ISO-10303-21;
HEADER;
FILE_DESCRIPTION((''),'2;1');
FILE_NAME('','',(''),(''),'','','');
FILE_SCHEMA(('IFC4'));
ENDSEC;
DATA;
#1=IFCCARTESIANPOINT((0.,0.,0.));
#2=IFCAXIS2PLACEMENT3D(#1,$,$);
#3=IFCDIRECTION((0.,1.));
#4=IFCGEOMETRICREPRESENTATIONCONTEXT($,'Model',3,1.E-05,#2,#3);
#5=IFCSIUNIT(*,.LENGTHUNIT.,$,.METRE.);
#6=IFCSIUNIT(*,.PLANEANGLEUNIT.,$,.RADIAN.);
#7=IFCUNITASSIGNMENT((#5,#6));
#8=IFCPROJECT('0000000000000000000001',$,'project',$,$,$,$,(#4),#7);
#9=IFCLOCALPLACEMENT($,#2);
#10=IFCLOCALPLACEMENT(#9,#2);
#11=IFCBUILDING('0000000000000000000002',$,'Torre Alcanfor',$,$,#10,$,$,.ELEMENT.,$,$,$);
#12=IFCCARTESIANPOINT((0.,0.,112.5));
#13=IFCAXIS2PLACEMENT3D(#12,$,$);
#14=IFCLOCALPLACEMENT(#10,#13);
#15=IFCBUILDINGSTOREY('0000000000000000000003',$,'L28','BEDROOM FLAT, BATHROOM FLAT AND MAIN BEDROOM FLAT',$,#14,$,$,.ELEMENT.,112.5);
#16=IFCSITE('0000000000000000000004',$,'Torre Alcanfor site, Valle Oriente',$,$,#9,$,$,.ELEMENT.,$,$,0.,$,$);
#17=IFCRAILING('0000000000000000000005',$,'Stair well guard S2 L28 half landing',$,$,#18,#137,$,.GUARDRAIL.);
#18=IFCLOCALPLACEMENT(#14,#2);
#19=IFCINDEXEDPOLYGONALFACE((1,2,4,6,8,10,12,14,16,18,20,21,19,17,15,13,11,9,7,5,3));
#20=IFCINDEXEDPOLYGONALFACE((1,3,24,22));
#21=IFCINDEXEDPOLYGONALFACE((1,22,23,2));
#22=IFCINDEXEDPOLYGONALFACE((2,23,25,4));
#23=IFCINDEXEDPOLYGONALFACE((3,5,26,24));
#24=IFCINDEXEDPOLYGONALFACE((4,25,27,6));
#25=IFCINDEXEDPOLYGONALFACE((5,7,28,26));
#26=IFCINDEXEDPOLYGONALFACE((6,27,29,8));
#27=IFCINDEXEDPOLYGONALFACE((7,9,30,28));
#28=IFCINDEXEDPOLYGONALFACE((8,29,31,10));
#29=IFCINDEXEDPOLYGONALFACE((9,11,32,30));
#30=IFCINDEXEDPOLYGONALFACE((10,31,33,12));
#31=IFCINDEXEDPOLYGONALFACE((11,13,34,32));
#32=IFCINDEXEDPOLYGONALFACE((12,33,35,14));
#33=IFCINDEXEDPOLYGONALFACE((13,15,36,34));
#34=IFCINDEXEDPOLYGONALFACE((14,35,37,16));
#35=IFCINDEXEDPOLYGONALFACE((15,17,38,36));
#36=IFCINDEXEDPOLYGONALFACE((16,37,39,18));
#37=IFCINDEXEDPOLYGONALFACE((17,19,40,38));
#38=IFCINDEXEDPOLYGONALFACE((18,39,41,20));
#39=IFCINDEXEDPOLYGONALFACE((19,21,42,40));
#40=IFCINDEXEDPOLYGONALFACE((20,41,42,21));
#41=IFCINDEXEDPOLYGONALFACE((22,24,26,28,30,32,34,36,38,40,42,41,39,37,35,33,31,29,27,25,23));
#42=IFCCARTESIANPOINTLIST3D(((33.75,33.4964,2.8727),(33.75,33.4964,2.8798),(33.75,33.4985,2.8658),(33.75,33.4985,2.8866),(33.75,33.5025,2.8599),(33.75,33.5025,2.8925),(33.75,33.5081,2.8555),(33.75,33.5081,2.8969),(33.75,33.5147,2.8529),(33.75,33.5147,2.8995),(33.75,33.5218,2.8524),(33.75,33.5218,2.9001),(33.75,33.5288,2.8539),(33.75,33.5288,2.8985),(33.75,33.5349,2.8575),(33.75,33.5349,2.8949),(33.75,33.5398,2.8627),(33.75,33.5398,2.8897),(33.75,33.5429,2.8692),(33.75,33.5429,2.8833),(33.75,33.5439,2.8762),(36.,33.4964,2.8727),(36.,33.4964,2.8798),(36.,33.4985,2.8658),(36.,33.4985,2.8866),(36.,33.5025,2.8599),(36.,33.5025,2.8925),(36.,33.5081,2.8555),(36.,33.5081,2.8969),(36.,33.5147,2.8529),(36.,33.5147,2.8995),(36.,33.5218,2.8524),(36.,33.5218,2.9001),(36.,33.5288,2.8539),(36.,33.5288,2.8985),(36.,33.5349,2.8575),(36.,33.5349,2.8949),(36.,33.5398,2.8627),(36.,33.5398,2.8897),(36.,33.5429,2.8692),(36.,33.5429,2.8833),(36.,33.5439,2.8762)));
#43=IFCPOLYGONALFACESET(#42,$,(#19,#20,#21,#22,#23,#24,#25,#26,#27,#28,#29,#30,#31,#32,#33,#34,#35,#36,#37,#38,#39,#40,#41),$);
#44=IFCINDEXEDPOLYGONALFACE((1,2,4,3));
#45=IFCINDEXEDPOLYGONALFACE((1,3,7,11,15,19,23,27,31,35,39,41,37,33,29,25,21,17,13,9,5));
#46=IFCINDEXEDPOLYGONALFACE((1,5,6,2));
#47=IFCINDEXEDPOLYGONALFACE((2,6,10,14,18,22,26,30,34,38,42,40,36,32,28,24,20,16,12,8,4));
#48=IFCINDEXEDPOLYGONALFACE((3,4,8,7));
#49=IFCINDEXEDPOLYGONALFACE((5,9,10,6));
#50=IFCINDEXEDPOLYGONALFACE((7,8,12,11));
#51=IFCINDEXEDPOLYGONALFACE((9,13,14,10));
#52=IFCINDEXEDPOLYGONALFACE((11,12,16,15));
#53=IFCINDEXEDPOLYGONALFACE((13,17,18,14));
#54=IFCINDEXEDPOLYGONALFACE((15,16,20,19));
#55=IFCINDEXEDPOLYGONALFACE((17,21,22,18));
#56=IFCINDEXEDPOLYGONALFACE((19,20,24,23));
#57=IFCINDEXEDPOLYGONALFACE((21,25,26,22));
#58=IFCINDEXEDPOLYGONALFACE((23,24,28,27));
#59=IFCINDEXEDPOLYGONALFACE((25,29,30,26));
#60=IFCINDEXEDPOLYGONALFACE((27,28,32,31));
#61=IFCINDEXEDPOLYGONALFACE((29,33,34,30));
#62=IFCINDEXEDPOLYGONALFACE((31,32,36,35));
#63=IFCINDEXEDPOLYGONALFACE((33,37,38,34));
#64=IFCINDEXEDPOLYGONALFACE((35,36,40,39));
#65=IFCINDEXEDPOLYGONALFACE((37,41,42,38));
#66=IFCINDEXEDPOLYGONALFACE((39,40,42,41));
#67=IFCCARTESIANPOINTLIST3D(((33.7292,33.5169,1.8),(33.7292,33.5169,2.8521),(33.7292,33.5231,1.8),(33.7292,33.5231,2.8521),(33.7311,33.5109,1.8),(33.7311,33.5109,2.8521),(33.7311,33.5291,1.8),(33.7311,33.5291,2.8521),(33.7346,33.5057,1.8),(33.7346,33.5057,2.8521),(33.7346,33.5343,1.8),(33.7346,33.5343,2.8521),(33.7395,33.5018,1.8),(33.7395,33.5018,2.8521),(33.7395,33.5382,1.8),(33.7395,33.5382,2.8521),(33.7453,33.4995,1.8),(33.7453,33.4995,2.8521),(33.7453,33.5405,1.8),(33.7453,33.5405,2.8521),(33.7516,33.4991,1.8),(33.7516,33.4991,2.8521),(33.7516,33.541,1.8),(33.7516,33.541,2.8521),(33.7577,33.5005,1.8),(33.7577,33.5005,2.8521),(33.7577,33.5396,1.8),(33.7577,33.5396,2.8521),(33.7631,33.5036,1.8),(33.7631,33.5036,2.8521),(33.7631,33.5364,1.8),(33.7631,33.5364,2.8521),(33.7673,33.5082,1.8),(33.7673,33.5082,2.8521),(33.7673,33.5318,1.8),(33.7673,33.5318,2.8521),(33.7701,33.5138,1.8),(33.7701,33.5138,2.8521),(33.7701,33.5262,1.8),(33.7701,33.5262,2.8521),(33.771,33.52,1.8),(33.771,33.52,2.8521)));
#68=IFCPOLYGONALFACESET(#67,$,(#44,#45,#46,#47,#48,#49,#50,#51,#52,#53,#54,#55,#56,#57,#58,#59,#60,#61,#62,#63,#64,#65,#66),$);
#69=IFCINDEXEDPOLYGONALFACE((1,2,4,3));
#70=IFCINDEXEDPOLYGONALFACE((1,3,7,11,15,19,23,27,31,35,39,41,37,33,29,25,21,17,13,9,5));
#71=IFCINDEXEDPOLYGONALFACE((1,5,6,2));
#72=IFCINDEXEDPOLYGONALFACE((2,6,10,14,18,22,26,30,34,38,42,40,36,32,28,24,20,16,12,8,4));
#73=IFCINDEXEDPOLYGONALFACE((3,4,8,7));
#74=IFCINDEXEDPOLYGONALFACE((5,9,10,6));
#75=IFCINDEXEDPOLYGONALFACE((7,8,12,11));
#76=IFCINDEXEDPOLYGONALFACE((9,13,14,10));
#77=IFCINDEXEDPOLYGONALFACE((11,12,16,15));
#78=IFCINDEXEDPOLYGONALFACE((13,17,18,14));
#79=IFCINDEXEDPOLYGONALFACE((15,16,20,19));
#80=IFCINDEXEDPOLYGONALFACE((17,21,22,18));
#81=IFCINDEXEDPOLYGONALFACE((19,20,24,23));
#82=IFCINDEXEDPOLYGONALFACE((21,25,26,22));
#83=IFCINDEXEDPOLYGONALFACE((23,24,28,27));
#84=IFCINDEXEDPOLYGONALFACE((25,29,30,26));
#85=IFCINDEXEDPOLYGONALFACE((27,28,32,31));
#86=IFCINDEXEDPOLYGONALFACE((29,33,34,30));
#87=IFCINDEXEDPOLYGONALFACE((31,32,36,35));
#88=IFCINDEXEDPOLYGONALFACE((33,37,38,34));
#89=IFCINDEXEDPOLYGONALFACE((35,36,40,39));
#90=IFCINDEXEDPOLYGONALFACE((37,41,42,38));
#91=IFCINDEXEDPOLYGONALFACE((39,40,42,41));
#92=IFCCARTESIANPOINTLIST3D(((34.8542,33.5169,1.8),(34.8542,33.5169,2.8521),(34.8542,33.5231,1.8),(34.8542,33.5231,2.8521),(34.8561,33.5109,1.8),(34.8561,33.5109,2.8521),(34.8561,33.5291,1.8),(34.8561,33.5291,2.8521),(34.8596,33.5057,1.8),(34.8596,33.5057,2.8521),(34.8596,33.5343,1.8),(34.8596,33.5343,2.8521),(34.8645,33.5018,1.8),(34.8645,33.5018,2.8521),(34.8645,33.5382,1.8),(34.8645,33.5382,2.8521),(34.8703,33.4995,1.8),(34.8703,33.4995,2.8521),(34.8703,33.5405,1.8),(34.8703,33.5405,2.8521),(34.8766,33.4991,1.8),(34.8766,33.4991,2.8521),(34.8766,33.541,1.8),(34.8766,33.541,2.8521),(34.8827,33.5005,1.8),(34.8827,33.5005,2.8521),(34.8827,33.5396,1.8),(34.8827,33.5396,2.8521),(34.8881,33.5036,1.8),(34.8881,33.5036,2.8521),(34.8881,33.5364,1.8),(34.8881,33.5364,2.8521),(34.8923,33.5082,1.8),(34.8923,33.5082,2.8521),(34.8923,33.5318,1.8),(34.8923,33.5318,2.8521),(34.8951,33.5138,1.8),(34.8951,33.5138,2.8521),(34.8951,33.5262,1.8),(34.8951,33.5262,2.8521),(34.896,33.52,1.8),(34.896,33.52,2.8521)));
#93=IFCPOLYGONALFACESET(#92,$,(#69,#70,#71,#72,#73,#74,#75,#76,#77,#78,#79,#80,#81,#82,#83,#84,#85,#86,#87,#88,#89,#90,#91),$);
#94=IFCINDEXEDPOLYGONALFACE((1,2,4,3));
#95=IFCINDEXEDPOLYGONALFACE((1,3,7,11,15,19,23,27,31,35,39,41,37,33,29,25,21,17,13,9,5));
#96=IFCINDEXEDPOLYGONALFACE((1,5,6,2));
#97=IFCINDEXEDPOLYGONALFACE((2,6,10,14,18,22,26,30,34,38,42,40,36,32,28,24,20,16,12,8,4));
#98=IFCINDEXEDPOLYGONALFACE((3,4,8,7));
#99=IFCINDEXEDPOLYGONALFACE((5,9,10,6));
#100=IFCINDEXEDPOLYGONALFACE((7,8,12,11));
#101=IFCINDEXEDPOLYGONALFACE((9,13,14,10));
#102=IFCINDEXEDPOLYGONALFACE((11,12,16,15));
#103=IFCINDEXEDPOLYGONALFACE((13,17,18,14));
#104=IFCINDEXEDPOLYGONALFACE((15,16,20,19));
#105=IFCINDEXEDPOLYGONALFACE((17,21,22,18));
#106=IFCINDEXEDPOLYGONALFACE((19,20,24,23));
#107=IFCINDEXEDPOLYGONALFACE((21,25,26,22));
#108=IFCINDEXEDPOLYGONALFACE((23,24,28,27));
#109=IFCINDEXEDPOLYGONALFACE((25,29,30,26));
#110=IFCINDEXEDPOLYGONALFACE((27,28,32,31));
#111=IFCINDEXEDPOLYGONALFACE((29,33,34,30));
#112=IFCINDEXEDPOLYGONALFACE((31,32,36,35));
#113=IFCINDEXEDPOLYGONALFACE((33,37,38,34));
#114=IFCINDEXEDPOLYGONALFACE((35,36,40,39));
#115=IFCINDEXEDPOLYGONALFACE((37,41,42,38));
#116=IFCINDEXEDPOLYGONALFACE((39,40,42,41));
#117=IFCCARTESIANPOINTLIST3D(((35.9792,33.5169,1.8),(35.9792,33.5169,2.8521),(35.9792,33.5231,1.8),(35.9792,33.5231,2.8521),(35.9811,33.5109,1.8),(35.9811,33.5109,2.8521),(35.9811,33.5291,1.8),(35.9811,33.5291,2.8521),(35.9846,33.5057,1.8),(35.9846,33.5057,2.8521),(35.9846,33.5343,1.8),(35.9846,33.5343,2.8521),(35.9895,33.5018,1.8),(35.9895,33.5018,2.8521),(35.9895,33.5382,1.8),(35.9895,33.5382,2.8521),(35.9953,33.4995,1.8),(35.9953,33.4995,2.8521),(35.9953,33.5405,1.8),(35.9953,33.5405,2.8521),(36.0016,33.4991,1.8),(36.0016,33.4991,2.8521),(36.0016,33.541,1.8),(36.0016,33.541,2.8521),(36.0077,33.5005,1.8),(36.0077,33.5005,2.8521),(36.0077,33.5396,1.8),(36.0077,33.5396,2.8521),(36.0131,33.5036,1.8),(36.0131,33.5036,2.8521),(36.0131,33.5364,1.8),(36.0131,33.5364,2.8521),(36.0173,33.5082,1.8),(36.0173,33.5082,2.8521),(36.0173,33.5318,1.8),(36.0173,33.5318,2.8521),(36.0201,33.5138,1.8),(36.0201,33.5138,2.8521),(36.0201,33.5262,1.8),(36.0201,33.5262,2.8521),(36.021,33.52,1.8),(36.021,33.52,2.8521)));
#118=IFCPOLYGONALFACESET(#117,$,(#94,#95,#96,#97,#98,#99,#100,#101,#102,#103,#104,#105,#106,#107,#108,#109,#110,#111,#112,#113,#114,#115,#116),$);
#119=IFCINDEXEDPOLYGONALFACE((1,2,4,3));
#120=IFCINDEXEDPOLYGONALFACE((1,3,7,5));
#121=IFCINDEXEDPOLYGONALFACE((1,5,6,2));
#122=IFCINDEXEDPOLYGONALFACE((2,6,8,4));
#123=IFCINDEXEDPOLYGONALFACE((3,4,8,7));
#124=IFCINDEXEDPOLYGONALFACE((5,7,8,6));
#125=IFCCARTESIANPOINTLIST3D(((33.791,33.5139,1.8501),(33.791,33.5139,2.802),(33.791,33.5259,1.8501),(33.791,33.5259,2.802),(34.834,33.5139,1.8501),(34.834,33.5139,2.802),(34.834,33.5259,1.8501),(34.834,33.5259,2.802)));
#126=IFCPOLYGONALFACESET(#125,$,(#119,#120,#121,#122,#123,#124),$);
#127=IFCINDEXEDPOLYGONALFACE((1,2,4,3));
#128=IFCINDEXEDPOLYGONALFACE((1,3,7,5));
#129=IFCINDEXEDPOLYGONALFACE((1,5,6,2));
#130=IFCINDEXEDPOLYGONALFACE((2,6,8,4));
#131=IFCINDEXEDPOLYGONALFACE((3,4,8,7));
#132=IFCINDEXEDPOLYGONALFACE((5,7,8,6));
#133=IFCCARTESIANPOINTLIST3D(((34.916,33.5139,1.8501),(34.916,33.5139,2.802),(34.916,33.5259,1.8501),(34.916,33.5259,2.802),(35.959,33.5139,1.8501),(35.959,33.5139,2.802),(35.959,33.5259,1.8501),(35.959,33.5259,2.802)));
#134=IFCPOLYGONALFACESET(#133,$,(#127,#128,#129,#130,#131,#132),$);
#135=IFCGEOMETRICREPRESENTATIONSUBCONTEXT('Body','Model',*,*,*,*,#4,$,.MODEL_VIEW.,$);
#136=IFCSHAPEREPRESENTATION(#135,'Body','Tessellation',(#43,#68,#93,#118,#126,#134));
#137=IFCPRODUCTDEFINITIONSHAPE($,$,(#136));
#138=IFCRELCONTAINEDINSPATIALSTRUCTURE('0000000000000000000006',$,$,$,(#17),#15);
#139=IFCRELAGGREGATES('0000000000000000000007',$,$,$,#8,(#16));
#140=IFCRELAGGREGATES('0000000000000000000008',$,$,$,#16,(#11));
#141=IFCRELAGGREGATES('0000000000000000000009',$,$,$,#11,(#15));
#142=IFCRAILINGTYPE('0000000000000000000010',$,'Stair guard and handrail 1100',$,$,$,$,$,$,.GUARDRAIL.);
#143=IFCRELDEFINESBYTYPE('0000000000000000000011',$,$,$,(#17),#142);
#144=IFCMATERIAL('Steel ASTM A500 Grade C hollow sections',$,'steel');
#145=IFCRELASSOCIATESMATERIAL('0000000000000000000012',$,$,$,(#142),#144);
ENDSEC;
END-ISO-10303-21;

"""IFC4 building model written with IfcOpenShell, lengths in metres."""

from ifc_helpers import new_model, si_unit, direction, frame, origin, origin_2d, place, context, subcontext, project, spatial, polyline, circle, outline, extrude, material, type_object, element, save


model = new_model("IFC4")

# Units and contexts
model_context = context("Model", 3, precision=1e-05, world=origin(), true_north=direction((0.0, 1.0)))
body_context = subcontext(model_context, "Body", "Model", "MODEL_VIEW")
ifc_project = project(units=[si_unit("LENGTHUNIT", "METRE"), si_unit("PLANEANGLEUNIT", "RADIAN")], contexts=[model_context])

# Site, building, storey
site_placement = place(None, origin())
site = spatial("IfcSite", under=ifc_project, at=site_placement, Name="Torre Alcanfor site, Valle Oriente", CompositionType="ELEMENT", RefElevation=0.0)
building_placement = place(site_placement, origin())
building = spatial("IfcBuilding", under=site, at=building_placement, Name="Torre Alcanfor", CompositionType="ELEMENT")
storey_placement = place(building_placement, frame((0.0, 0.0, 112.5)))
storey = spatial("IfcBuildingStorey", under=building, at=storey_placement, Name="L28", Description="BEDROOM FLAT, BATHROOM FLAT AND MAIN BEDROOM FLAT", CompositionType="ELEMENT", Elevation=112.5)

# Railing
ifc_material_1 = material(Name="Steel ASTM A500 Grade C hollow sections", Category="steel")
railing_type_1 = type_object("IfcRailingType", Name="Stair guard and handrail 1100", PredefinedType="GUARDRAIL", material=ifc_material_1)
for number, where, name in (
    (1, (33.75, 33.52, 1.8), "Stair well guard S2 L28 half landing"),
):
    element("IfcRailing", number, at=place(storey_placement, frame(where)), inside=storey, type_object=railing_type_1, Name=name, PredefinedType="GUARDRAIL", context=body_context, shape_type="SweptSolid", body=[
        extrude(circle(Radius=0.0239, at=origin_2d()), frame((0.0, 0.0, 1.0762), z_axis=(1.0, 0.0, 0.0), x_axis=(0.0, 1.0, 0.0)), (0.0, 0.0, 1.0), 2.25),
        extrude(circle(Radius=0.021, at=origin_2d()), origin(), (0.0, 0.0, 1.0), 1.052),
        extrude(circle(Radius=0.021, at=origin_2d()), frame((1.125, 0.0, 0.0)), (0.0, 0.0, 1.0), 1.052),
        extrude(circle(Radius=0.021, at=origin_2d()), frame((2.25, 0.0, 0.0)), (0.0, 0.0, 1.0), 1.052),
        extrude(outline(polyline([(0.041, 0.05), (1.084, 0.05), (1.084, 1.002), (0.041, 1.002), (0.041, 0.05)])), frame((0.0, 0.0059, 0.0), z_axis=(0.0, -1.0, 0.0), x_axis=(1.0, 0.0, 0.0)), (0.0, 0.0, 1.0), 0.012),
        extrude(outline(polyline([(1.166, 0.05), (2.209, 0.05), (2.209, 1.002), (1.166, 1.002), (1.166, 0.05)])), frame((0.0, 0.0059, 0.0), z_axis=(0.0, -1.0, 0.0), x_axis=(1.0, 0.0, 0.0)), (0.0, 0.0, 1.0), 0.012),
    ])

save(model, "model.ifc")
